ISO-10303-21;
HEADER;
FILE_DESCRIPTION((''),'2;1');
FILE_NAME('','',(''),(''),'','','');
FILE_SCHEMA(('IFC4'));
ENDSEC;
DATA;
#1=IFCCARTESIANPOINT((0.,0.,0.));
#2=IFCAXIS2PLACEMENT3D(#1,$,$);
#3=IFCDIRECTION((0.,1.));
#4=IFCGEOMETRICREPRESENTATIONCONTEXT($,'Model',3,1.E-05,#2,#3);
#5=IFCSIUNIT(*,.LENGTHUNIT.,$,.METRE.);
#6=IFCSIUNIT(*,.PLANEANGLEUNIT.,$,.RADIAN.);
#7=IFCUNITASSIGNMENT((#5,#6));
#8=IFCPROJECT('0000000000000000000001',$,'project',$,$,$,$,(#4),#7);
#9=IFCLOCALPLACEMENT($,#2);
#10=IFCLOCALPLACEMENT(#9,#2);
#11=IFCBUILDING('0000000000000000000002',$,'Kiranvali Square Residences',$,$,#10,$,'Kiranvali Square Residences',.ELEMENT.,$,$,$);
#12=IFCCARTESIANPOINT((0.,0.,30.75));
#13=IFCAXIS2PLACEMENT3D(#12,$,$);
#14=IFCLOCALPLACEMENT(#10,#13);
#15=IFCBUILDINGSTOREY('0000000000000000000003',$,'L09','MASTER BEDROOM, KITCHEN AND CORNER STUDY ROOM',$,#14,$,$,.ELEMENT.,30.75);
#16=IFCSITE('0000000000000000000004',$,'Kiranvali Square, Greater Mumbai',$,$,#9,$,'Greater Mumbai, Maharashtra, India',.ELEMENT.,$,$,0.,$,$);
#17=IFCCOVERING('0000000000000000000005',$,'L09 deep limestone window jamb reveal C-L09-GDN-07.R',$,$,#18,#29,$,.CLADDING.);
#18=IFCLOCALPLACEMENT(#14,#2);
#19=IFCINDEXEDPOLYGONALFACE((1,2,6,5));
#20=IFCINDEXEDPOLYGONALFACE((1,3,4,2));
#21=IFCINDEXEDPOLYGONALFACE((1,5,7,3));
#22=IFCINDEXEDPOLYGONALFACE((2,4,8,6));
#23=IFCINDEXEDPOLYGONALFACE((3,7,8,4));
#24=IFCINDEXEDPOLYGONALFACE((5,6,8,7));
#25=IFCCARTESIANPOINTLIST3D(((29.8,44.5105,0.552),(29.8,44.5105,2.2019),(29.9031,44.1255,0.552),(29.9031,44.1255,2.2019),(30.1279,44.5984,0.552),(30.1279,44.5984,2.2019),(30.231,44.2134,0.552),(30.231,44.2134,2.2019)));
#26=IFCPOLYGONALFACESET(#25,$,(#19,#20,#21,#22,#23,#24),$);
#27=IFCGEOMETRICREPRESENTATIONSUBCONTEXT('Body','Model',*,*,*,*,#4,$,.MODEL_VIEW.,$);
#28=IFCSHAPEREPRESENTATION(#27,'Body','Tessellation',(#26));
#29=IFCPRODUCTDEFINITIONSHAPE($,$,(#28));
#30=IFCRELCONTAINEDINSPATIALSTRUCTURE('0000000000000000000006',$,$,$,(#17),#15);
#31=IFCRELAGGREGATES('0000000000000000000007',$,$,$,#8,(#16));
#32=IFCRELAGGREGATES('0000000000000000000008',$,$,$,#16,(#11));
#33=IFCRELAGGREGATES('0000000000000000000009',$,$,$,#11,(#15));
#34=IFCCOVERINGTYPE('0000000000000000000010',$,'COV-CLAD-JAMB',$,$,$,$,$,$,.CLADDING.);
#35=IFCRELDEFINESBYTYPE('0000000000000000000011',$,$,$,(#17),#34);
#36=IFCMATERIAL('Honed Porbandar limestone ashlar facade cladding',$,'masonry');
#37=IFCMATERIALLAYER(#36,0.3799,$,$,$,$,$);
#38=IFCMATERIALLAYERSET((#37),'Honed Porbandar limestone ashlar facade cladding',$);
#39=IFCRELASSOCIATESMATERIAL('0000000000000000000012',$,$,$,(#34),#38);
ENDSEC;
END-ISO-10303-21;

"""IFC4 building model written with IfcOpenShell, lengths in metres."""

from ifc_helpers import new_model, si_unit, direction, frame, origin, place, context, subcontext, project, spatial, polyline, outline, extrude, material, layer, layer_set, type_object, element, save


model = new_model("IFC4")

# Units and contexts
model_context = context("Model", 3, precision=1e-05, world=origin(), true_north=direction((0.0, 1.0)))
body_context = subcontext(model_context, "Body", "Model", "MODEL_VIEW")
ifc_project = project(units=[si_unit("LENGTHUNIT", "METRE"), si_unit("PLANEANGLEUNIT", "RADIAN")], contexts=[model_context])

# Site, building, storey
site_placement = place(None, origin())
site = spatial("IfcSite", under=ifc_project, at=site_placement, Name="Kiranvali Square, Greater Mumbai", LongName="Greater Mumbai, Maharashtra, India", CompositionType="ELEMENT", RefElevation=0.0)
building_placement = place(site_placement, origin())
building = spatial("IfcBuilding", under=site, at=building_placement, Name="Kiranvali Square Residences", LongName="Kiranvali Square Residences", CompositionType="ELEMENT")
storey_placement = place(building_placement, frame((0.0, 0.0, 30.75)))
storey = spatial("IfcBuildingStorey", under=building, at=storey_placement, Name="L09", Description="MASTER BEDROOM, KITCHEN AND CORNER STUDY ROOM", CompositionType="ELEMENT", Elevation=30.75)

# Covering
ifc_material = material(Name="Honed Porbandar limestone ashlar facade cladding", Category="masonry")
ifc_layer = layer(ifc_material, 0.3799)
ifc_layer_set = layer_set([ifc_layer], Name="Honed Porbandar limestone ashlar facade cladding")
covering_type = type_object("IfcCoveringType", Name="COV-CLAD-JAMB", PredefinedType="CLADDING", material=ifc_layer_set)
covering_1_placement = place(storey_placement, frame((0.0, 0.0, 0.552)))
element("IfcCovering", 1, at=covering_1_placement, inside=storey, type_object=covering_type, Name="L09 deep limestone window jamb reveal C-L09-GDN-07.R", PredefinedType="CLADDING", context=body_context, shape_type="SweptSolid", body=[
    extrude(outline(polyline([(30.231, 44.2134), (30.1279, 44.5984), (29.8, 44.5105), (29.9031, 44.1255), (30.231, 44.2134)])), origin(), (0.0, 0.0, 1.0), 1.6499),
])

save(model, "model.ifc")
